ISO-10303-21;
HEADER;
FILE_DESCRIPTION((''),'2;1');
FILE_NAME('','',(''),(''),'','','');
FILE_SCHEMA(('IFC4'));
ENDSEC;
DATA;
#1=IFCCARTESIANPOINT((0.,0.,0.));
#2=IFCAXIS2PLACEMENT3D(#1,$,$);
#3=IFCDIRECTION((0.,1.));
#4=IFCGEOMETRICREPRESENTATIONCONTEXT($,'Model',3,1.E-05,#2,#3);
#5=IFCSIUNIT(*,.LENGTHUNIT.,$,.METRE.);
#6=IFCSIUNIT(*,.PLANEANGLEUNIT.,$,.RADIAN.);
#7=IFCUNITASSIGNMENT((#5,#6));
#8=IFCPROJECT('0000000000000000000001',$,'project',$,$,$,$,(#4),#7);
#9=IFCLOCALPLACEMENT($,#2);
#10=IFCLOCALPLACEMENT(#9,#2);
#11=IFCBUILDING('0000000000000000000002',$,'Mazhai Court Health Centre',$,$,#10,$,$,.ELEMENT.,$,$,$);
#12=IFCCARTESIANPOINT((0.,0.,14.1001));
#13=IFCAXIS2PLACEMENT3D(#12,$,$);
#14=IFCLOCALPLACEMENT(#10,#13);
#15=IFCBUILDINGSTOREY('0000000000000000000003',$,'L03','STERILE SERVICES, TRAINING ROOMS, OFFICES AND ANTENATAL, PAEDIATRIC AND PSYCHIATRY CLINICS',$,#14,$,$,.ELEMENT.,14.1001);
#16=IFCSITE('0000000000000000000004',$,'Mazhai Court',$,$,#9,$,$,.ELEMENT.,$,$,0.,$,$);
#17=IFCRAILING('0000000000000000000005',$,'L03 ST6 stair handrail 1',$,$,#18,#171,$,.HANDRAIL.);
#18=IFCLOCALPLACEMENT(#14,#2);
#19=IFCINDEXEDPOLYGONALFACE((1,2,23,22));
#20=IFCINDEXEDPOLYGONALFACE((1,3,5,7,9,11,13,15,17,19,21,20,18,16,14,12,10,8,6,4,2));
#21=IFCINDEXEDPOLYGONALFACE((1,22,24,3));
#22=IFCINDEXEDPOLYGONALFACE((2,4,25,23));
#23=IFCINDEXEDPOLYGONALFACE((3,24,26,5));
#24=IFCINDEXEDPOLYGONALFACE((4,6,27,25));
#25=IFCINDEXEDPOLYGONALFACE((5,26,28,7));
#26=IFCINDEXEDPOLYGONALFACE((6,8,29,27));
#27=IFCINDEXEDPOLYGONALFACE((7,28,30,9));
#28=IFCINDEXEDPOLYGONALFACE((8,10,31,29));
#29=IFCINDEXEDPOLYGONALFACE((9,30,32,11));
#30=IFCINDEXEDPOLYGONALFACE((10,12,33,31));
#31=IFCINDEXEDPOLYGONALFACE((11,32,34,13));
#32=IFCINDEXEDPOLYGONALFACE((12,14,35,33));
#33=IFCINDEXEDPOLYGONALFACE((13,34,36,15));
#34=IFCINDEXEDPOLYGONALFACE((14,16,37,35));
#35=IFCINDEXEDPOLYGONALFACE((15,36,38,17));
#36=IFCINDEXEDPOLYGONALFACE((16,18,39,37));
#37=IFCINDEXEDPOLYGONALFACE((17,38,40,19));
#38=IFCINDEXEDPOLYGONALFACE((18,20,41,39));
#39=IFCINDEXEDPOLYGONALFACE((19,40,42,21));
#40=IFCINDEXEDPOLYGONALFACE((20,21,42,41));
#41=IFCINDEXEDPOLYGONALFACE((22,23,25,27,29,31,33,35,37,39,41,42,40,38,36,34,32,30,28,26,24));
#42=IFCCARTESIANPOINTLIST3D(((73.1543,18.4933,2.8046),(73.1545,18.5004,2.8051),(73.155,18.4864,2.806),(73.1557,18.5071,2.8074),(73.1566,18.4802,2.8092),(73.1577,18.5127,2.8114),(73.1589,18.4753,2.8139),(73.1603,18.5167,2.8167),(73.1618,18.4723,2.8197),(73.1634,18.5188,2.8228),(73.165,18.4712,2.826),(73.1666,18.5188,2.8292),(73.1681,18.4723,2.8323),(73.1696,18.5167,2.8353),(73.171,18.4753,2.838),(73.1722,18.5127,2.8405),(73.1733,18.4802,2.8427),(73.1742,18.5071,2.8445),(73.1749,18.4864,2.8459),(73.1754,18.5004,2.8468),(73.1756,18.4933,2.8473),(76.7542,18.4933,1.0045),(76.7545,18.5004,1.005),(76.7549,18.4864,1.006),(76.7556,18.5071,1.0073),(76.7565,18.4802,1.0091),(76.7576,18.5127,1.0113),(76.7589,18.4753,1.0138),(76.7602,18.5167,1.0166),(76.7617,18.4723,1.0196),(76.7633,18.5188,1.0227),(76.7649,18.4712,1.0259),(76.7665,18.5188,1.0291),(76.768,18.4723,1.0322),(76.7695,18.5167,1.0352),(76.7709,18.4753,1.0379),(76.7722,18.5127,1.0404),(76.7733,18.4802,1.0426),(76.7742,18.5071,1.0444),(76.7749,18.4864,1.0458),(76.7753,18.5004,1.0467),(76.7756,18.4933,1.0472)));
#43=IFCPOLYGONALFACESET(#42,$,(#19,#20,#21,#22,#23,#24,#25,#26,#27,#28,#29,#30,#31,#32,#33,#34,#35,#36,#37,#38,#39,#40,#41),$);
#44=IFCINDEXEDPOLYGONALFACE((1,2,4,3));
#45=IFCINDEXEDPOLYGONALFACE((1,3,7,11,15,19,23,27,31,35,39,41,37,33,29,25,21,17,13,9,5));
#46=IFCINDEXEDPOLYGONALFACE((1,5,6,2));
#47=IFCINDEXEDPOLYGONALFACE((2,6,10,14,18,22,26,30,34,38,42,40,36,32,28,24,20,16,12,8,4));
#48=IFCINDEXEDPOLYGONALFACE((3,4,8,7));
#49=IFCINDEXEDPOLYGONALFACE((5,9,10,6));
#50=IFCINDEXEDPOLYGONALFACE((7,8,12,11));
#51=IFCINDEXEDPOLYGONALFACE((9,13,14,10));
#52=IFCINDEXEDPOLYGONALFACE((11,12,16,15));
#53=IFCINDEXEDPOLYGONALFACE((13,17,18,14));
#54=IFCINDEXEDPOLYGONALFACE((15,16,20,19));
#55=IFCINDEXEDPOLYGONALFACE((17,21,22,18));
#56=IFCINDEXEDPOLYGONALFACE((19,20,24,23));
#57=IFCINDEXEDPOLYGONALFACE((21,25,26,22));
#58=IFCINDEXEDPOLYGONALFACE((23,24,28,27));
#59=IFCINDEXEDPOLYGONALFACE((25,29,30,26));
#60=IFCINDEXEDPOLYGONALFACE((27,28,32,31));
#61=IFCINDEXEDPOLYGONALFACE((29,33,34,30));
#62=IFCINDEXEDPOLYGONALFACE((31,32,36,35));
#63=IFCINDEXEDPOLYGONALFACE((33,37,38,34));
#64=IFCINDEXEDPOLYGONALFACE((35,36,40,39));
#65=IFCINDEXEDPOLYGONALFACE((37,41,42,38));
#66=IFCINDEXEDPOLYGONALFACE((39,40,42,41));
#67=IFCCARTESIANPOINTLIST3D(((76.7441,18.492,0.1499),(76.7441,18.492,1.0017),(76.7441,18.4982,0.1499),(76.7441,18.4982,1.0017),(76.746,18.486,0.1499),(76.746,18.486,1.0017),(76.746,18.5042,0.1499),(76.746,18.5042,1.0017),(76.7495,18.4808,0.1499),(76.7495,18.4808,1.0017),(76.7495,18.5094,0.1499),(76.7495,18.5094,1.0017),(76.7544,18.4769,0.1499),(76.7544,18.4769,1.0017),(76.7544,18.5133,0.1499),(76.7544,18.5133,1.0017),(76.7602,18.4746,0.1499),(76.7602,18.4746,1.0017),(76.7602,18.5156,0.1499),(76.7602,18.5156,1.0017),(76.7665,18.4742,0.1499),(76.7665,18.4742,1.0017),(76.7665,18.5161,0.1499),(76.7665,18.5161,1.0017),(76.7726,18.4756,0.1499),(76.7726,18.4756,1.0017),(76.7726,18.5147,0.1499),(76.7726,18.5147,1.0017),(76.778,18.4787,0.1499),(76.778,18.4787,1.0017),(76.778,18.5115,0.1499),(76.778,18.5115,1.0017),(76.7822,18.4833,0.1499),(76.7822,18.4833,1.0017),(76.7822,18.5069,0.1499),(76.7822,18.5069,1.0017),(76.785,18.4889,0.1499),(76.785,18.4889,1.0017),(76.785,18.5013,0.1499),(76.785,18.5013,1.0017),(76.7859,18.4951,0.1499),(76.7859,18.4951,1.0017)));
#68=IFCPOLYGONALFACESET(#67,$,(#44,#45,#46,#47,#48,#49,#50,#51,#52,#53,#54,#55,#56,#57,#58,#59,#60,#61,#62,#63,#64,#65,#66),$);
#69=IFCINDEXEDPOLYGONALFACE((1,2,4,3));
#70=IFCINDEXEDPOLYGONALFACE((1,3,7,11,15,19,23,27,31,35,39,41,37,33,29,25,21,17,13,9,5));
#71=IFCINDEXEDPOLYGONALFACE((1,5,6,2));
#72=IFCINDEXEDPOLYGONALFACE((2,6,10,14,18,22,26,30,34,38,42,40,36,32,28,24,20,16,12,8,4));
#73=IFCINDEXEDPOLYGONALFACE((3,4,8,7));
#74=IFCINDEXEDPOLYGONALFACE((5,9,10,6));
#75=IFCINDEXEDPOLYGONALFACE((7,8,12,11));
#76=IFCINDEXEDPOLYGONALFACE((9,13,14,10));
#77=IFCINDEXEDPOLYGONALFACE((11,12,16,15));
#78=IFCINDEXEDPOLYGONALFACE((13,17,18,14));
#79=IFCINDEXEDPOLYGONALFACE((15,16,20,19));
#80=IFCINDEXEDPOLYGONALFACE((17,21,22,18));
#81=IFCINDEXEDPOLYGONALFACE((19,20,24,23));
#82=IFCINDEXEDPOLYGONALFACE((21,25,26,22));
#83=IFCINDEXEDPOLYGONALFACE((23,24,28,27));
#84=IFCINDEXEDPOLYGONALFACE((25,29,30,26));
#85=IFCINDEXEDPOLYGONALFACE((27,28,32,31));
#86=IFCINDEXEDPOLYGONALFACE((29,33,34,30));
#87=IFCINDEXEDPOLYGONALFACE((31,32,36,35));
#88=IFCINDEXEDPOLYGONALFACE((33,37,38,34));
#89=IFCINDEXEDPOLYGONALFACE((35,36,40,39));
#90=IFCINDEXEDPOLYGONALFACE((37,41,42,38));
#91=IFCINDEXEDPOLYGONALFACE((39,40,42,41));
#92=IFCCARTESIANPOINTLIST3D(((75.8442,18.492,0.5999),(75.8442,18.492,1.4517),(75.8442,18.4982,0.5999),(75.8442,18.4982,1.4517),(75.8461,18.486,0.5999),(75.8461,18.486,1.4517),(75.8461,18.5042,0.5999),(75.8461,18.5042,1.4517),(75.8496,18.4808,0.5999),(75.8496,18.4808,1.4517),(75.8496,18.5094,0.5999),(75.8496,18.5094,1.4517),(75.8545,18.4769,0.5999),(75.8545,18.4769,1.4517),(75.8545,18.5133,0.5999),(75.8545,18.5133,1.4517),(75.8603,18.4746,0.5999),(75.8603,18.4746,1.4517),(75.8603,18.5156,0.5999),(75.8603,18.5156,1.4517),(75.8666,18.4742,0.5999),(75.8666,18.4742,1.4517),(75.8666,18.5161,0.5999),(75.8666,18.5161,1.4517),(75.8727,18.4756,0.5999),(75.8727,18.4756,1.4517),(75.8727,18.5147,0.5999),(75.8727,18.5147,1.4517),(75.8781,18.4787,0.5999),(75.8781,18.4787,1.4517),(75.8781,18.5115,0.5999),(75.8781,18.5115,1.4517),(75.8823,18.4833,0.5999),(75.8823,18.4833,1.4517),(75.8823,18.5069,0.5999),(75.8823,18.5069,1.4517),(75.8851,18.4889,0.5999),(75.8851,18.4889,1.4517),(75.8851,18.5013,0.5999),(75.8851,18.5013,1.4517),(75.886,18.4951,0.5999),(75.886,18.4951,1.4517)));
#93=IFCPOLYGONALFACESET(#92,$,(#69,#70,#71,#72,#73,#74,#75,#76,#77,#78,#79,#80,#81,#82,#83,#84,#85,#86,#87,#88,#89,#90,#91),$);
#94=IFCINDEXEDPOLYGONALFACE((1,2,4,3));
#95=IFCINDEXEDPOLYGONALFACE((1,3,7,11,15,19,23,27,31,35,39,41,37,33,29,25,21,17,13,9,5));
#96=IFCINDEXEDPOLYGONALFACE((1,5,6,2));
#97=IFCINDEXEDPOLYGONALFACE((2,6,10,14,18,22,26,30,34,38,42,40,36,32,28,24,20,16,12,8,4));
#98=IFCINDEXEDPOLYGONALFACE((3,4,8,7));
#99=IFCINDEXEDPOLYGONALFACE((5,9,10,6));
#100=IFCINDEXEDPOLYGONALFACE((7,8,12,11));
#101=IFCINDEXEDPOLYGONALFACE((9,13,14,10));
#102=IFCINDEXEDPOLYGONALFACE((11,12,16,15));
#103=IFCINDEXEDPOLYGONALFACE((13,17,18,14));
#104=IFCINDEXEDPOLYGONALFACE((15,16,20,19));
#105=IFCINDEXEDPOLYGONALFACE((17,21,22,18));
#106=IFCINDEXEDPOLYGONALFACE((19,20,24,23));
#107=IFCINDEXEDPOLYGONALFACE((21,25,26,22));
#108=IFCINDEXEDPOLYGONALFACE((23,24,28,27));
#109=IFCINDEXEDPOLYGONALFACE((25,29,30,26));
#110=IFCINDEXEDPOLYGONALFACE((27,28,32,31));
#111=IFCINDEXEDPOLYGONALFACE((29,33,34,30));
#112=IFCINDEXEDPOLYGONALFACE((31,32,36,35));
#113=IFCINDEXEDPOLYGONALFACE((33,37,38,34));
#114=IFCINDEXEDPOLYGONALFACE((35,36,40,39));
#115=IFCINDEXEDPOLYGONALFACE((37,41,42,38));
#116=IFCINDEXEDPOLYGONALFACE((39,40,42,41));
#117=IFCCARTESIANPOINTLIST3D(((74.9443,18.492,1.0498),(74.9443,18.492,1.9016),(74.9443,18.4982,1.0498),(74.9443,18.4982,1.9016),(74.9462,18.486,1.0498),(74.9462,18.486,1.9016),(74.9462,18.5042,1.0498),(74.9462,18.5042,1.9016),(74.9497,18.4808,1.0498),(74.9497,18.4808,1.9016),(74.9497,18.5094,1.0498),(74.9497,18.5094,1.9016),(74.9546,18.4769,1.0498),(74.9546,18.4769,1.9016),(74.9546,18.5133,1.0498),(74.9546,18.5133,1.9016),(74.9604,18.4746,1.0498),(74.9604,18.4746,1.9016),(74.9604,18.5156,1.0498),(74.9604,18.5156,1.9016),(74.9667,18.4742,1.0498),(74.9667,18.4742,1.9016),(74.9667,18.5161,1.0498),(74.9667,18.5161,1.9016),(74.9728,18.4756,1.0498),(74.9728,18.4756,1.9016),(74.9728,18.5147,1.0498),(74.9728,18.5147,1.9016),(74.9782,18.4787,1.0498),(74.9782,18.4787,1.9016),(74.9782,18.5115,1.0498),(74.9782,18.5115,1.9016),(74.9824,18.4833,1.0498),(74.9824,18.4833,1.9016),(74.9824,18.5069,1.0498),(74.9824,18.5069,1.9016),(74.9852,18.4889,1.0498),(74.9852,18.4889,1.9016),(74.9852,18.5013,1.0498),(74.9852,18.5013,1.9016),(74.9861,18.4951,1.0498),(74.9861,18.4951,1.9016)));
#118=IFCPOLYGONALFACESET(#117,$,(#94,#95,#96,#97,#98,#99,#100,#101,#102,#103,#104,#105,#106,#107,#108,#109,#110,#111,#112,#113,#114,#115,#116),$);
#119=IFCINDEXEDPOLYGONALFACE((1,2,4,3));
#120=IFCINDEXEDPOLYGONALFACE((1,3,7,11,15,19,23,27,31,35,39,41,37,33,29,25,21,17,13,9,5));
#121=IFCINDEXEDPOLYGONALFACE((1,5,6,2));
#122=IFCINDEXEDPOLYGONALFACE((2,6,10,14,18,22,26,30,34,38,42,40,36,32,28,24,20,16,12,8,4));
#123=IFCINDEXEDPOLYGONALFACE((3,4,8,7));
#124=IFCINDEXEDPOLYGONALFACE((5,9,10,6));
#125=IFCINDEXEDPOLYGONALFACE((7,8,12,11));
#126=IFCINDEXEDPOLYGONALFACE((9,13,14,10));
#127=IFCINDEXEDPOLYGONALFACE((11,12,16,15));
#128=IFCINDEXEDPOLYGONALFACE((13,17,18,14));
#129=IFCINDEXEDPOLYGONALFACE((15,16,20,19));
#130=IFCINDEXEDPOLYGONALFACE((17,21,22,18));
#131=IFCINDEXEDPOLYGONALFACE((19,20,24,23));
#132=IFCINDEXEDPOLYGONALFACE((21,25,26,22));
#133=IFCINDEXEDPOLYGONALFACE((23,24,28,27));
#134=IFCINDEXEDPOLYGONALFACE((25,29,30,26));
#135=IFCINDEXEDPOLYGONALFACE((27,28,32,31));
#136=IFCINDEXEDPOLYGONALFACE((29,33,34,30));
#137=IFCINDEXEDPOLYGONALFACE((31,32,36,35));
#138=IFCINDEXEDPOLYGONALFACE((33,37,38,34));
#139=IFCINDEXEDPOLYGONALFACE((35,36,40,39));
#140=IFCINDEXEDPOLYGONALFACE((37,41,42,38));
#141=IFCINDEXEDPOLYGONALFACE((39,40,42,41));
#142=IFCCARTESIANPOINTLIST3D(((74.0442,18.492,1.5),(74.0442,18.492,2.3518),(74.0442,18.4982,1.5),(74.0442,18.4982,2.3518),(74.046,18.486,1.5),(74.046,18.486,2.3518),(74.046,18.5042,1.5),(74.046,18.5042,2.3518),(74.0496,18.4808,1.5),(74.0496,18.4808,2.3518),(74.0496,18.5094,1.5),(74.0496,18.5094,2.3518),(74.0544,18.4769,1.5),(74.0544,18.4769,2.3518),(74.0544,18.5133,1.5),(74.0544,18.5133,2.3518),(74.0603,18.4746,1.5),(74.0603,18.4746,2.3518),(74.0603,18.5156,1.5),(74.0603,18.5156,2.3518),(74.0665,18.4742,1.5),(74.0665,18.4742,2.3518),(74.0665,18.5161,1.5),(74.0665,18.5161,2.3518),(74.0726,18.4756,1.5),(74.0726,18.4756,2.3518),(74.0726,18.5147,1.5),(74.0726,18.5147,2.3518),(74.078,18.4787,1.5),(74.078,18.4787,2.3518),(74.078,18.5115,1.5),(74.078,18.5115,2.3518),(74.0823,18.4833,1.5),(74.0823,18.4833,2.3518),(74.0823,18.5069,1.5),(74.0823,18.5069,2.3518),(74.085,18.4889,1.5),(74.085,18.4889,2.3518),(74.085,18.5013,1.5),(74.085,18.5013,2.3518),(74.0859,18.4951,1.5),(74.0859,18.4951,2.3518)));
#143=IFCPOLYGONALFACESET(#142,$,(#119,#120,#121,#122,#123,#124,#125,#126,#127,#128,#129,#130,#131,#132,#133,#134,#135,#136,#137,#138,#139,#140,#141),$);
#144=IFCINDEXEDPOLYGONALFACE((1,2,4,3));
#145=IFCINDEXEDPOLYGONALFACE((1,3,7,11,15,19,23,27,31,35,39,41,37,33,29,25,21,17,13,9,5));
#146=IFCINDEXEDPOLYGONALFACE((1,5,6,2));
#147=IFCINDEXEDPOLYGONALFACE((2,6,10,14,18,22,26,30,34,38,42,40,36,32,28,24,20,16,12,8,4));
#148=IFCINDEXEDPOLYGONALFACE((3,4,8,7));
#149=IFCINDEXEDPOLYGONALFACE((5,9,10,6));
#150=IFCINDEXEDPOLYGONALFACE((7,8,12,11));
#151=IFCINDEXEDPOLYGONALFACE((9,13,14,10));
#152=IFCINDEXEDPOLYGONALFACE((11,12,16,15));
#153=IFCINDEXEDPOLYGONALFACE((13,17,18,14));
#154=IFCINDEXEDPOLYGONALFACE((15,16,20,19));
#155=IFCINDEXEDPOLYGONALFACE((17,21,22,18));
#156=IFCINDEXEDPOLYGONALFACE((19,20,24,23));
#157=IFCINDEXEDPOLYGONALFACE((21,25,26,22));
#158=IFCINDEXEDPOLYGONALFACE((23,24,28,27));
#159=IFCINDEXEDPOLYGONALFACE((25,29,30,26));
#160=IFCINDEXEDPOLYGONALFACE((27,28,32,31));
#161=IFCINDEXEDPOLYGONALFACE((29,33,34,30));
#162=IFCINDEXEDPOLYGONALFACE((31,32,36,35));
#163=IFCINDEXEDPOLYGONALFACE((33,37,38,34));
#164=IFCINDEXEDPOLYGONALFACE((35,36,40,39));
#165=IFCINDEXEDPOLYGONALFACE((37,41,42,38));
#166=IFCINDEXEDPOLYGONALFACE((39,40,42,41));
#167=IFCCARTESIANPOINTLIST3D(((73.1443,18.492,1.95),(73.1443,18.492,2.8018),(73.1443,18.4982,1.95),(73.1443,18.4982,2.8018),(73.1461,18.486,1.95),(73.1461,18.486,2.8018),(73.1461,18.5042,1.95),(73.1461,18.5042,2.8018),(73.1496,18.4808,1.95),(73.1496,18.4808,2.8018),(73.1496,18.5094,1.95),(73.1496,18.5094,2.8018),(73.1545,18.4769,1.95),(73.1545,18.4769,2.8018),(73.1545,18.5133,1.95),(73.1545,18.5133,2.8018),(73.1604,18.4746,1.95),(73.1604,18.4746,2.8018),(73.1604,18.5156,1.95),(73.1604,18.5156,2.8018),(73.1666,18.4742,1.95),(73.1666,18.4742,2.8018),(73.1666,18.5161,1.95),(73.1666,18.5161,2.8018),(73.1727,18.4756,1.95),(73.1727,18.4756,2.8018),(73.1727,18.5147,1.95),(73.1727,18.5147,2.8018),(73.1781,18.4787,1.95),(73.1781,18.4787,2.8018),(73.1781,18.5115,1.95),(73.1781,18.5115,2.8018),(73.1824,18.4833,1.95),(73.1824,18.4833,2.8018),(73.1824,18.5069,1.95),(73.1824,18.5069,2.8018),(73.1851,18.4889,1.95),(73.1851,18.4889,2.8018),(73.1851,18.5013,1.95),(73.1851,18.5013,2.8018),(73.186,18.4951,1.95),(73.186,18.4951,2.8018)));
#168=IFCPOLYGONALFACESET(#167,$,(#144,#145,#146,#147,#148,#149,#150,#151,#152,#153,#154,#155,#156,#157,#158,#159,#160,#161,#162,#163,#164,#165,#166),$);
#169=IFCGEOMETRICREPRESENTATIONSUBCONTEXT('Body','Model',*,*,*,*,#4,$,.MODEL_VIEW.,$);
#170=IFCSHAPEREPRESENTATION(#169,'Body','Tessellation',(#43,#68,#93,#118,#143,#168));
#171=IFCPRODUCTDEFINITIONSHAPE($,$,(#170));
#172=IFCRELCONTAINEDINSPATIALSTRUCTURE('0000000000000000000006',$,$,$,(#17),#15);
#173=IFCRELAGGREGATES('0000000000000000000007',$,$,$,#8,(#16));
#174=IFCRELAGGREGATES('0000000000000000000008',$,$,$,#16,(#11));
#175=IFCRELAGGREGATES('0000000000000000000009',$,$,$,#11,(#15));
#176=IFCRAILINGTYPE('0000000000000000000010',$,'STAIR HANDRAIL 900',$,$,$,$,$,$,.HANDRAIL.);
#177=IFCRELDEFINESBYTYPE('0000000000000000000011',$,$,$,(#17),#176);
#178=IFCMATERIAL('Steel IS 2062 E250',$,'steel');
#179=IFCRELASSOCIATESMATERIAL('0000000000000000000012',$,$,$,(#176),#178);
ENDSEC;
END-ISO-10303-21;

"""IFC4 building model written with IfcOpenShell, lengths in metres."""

from ifc_helpers import new_model, si_unit, direction, frame, origin, origin_2d, place, context, subcontext, project, spatial, circle, extrude, material, type_object, element, save


model = new_model("IFC4")

# Units and contexts
model_context = context("Model", 3, precision=1e-05, world=origin(), true_north=direction((0.0, 1.0)))
body_context = subcontext(model_context, "Body", "Model", "MODEL_VIEW")
ifc_project = project(units=[si_unit("LENGTHUNIT", "METRE"), si_unit("PLANEANGLEUNIT", "RADIAN")], contexts=[model_context])

# Site, building, storey
site_placement = place(None, origin())
site = spatial("IfcSite", under=ifc_project, at=site_placement, Name="Mazhai Court", CompositionType="ELEMENT", RefElevation=0.0)
building_placement = place(site_placement, origin())
building = spatial("IfcBuilding", under=site, at=building_placement, Name="Mazhai Court Health Centre", CompositionType="ELEMENT")
storey_placement = place(building_placement, frame((0.0, 0.0, 14.1001)))
storey = spatial("IfcBuildingStorey", under=building, at=storey_placement, Name="L03", Description="STERILE SERVICES, TRAINING ROOMS, OFFICES AND ANTENATAL, PAEDIATRIC AND PSYCHIATRY CLINICS", CompositionType="ELEMENT", Elevation=14.1001)

# Railing
ifc_material_1 = material(Name="Steel IS 2062 E250", Category="steel")
railing_type_1 = type_object("IfcRailingType", Name="STAIR HANDRAIL 900", PredefinedType="HANDRAIL", material=ifc_material_1)
railing_1_placement = place(storey_placement, frame((76.7649, 18.4951, 0.1499)))
element("IfcRailing", 1, at=railing_1_placement, inside=storey, type_object=railing_type_1, Name="L03 ST6 stair handrail 1", PredefinedType="HANDRAIL", context=body_context, shape_type="SweptSolid", body=[
    extrude(circle(Radius=0.0239, at=origin_2d()), frame((0.0, 0.0, 0.876), z_axis=(-0.894415, 0.0, 0.447238), x_axis=(0.0, -1.0, 0.0)), (0.0, 0.0, 1.0), 4.0249),
    extrude(circle(Radius=0.021, at=origin_2d()), origin(), (0.0, 0.0, 1.0), 0.8518),
    extrude(circle(Radius=0.021, at=origin_2d()), frame((-0.8999, 0.0, 0.45)), (0.0, 0.0, 1.0), 0.8518),
    extrude(circle(Radius=0.021, at=origin_2d()), frame((-1.7998, 0.0, 0.8999)), (0.0, 0.0, 1.0), 0.8518),
    extrude(circle(Radius=0.021, at=origin_2d()), frame((-2.7, 0.0, 1.3501)), (0.0, 0.0, 1.0), 0.8518),
    extrude(circle(Radius=0.021, at=origin_2d()), frame((-3.5999, 0.0, 1.8)), (0.0, 0.0, 1.0), 0.8518),
])

save(model, "model.ifc")
